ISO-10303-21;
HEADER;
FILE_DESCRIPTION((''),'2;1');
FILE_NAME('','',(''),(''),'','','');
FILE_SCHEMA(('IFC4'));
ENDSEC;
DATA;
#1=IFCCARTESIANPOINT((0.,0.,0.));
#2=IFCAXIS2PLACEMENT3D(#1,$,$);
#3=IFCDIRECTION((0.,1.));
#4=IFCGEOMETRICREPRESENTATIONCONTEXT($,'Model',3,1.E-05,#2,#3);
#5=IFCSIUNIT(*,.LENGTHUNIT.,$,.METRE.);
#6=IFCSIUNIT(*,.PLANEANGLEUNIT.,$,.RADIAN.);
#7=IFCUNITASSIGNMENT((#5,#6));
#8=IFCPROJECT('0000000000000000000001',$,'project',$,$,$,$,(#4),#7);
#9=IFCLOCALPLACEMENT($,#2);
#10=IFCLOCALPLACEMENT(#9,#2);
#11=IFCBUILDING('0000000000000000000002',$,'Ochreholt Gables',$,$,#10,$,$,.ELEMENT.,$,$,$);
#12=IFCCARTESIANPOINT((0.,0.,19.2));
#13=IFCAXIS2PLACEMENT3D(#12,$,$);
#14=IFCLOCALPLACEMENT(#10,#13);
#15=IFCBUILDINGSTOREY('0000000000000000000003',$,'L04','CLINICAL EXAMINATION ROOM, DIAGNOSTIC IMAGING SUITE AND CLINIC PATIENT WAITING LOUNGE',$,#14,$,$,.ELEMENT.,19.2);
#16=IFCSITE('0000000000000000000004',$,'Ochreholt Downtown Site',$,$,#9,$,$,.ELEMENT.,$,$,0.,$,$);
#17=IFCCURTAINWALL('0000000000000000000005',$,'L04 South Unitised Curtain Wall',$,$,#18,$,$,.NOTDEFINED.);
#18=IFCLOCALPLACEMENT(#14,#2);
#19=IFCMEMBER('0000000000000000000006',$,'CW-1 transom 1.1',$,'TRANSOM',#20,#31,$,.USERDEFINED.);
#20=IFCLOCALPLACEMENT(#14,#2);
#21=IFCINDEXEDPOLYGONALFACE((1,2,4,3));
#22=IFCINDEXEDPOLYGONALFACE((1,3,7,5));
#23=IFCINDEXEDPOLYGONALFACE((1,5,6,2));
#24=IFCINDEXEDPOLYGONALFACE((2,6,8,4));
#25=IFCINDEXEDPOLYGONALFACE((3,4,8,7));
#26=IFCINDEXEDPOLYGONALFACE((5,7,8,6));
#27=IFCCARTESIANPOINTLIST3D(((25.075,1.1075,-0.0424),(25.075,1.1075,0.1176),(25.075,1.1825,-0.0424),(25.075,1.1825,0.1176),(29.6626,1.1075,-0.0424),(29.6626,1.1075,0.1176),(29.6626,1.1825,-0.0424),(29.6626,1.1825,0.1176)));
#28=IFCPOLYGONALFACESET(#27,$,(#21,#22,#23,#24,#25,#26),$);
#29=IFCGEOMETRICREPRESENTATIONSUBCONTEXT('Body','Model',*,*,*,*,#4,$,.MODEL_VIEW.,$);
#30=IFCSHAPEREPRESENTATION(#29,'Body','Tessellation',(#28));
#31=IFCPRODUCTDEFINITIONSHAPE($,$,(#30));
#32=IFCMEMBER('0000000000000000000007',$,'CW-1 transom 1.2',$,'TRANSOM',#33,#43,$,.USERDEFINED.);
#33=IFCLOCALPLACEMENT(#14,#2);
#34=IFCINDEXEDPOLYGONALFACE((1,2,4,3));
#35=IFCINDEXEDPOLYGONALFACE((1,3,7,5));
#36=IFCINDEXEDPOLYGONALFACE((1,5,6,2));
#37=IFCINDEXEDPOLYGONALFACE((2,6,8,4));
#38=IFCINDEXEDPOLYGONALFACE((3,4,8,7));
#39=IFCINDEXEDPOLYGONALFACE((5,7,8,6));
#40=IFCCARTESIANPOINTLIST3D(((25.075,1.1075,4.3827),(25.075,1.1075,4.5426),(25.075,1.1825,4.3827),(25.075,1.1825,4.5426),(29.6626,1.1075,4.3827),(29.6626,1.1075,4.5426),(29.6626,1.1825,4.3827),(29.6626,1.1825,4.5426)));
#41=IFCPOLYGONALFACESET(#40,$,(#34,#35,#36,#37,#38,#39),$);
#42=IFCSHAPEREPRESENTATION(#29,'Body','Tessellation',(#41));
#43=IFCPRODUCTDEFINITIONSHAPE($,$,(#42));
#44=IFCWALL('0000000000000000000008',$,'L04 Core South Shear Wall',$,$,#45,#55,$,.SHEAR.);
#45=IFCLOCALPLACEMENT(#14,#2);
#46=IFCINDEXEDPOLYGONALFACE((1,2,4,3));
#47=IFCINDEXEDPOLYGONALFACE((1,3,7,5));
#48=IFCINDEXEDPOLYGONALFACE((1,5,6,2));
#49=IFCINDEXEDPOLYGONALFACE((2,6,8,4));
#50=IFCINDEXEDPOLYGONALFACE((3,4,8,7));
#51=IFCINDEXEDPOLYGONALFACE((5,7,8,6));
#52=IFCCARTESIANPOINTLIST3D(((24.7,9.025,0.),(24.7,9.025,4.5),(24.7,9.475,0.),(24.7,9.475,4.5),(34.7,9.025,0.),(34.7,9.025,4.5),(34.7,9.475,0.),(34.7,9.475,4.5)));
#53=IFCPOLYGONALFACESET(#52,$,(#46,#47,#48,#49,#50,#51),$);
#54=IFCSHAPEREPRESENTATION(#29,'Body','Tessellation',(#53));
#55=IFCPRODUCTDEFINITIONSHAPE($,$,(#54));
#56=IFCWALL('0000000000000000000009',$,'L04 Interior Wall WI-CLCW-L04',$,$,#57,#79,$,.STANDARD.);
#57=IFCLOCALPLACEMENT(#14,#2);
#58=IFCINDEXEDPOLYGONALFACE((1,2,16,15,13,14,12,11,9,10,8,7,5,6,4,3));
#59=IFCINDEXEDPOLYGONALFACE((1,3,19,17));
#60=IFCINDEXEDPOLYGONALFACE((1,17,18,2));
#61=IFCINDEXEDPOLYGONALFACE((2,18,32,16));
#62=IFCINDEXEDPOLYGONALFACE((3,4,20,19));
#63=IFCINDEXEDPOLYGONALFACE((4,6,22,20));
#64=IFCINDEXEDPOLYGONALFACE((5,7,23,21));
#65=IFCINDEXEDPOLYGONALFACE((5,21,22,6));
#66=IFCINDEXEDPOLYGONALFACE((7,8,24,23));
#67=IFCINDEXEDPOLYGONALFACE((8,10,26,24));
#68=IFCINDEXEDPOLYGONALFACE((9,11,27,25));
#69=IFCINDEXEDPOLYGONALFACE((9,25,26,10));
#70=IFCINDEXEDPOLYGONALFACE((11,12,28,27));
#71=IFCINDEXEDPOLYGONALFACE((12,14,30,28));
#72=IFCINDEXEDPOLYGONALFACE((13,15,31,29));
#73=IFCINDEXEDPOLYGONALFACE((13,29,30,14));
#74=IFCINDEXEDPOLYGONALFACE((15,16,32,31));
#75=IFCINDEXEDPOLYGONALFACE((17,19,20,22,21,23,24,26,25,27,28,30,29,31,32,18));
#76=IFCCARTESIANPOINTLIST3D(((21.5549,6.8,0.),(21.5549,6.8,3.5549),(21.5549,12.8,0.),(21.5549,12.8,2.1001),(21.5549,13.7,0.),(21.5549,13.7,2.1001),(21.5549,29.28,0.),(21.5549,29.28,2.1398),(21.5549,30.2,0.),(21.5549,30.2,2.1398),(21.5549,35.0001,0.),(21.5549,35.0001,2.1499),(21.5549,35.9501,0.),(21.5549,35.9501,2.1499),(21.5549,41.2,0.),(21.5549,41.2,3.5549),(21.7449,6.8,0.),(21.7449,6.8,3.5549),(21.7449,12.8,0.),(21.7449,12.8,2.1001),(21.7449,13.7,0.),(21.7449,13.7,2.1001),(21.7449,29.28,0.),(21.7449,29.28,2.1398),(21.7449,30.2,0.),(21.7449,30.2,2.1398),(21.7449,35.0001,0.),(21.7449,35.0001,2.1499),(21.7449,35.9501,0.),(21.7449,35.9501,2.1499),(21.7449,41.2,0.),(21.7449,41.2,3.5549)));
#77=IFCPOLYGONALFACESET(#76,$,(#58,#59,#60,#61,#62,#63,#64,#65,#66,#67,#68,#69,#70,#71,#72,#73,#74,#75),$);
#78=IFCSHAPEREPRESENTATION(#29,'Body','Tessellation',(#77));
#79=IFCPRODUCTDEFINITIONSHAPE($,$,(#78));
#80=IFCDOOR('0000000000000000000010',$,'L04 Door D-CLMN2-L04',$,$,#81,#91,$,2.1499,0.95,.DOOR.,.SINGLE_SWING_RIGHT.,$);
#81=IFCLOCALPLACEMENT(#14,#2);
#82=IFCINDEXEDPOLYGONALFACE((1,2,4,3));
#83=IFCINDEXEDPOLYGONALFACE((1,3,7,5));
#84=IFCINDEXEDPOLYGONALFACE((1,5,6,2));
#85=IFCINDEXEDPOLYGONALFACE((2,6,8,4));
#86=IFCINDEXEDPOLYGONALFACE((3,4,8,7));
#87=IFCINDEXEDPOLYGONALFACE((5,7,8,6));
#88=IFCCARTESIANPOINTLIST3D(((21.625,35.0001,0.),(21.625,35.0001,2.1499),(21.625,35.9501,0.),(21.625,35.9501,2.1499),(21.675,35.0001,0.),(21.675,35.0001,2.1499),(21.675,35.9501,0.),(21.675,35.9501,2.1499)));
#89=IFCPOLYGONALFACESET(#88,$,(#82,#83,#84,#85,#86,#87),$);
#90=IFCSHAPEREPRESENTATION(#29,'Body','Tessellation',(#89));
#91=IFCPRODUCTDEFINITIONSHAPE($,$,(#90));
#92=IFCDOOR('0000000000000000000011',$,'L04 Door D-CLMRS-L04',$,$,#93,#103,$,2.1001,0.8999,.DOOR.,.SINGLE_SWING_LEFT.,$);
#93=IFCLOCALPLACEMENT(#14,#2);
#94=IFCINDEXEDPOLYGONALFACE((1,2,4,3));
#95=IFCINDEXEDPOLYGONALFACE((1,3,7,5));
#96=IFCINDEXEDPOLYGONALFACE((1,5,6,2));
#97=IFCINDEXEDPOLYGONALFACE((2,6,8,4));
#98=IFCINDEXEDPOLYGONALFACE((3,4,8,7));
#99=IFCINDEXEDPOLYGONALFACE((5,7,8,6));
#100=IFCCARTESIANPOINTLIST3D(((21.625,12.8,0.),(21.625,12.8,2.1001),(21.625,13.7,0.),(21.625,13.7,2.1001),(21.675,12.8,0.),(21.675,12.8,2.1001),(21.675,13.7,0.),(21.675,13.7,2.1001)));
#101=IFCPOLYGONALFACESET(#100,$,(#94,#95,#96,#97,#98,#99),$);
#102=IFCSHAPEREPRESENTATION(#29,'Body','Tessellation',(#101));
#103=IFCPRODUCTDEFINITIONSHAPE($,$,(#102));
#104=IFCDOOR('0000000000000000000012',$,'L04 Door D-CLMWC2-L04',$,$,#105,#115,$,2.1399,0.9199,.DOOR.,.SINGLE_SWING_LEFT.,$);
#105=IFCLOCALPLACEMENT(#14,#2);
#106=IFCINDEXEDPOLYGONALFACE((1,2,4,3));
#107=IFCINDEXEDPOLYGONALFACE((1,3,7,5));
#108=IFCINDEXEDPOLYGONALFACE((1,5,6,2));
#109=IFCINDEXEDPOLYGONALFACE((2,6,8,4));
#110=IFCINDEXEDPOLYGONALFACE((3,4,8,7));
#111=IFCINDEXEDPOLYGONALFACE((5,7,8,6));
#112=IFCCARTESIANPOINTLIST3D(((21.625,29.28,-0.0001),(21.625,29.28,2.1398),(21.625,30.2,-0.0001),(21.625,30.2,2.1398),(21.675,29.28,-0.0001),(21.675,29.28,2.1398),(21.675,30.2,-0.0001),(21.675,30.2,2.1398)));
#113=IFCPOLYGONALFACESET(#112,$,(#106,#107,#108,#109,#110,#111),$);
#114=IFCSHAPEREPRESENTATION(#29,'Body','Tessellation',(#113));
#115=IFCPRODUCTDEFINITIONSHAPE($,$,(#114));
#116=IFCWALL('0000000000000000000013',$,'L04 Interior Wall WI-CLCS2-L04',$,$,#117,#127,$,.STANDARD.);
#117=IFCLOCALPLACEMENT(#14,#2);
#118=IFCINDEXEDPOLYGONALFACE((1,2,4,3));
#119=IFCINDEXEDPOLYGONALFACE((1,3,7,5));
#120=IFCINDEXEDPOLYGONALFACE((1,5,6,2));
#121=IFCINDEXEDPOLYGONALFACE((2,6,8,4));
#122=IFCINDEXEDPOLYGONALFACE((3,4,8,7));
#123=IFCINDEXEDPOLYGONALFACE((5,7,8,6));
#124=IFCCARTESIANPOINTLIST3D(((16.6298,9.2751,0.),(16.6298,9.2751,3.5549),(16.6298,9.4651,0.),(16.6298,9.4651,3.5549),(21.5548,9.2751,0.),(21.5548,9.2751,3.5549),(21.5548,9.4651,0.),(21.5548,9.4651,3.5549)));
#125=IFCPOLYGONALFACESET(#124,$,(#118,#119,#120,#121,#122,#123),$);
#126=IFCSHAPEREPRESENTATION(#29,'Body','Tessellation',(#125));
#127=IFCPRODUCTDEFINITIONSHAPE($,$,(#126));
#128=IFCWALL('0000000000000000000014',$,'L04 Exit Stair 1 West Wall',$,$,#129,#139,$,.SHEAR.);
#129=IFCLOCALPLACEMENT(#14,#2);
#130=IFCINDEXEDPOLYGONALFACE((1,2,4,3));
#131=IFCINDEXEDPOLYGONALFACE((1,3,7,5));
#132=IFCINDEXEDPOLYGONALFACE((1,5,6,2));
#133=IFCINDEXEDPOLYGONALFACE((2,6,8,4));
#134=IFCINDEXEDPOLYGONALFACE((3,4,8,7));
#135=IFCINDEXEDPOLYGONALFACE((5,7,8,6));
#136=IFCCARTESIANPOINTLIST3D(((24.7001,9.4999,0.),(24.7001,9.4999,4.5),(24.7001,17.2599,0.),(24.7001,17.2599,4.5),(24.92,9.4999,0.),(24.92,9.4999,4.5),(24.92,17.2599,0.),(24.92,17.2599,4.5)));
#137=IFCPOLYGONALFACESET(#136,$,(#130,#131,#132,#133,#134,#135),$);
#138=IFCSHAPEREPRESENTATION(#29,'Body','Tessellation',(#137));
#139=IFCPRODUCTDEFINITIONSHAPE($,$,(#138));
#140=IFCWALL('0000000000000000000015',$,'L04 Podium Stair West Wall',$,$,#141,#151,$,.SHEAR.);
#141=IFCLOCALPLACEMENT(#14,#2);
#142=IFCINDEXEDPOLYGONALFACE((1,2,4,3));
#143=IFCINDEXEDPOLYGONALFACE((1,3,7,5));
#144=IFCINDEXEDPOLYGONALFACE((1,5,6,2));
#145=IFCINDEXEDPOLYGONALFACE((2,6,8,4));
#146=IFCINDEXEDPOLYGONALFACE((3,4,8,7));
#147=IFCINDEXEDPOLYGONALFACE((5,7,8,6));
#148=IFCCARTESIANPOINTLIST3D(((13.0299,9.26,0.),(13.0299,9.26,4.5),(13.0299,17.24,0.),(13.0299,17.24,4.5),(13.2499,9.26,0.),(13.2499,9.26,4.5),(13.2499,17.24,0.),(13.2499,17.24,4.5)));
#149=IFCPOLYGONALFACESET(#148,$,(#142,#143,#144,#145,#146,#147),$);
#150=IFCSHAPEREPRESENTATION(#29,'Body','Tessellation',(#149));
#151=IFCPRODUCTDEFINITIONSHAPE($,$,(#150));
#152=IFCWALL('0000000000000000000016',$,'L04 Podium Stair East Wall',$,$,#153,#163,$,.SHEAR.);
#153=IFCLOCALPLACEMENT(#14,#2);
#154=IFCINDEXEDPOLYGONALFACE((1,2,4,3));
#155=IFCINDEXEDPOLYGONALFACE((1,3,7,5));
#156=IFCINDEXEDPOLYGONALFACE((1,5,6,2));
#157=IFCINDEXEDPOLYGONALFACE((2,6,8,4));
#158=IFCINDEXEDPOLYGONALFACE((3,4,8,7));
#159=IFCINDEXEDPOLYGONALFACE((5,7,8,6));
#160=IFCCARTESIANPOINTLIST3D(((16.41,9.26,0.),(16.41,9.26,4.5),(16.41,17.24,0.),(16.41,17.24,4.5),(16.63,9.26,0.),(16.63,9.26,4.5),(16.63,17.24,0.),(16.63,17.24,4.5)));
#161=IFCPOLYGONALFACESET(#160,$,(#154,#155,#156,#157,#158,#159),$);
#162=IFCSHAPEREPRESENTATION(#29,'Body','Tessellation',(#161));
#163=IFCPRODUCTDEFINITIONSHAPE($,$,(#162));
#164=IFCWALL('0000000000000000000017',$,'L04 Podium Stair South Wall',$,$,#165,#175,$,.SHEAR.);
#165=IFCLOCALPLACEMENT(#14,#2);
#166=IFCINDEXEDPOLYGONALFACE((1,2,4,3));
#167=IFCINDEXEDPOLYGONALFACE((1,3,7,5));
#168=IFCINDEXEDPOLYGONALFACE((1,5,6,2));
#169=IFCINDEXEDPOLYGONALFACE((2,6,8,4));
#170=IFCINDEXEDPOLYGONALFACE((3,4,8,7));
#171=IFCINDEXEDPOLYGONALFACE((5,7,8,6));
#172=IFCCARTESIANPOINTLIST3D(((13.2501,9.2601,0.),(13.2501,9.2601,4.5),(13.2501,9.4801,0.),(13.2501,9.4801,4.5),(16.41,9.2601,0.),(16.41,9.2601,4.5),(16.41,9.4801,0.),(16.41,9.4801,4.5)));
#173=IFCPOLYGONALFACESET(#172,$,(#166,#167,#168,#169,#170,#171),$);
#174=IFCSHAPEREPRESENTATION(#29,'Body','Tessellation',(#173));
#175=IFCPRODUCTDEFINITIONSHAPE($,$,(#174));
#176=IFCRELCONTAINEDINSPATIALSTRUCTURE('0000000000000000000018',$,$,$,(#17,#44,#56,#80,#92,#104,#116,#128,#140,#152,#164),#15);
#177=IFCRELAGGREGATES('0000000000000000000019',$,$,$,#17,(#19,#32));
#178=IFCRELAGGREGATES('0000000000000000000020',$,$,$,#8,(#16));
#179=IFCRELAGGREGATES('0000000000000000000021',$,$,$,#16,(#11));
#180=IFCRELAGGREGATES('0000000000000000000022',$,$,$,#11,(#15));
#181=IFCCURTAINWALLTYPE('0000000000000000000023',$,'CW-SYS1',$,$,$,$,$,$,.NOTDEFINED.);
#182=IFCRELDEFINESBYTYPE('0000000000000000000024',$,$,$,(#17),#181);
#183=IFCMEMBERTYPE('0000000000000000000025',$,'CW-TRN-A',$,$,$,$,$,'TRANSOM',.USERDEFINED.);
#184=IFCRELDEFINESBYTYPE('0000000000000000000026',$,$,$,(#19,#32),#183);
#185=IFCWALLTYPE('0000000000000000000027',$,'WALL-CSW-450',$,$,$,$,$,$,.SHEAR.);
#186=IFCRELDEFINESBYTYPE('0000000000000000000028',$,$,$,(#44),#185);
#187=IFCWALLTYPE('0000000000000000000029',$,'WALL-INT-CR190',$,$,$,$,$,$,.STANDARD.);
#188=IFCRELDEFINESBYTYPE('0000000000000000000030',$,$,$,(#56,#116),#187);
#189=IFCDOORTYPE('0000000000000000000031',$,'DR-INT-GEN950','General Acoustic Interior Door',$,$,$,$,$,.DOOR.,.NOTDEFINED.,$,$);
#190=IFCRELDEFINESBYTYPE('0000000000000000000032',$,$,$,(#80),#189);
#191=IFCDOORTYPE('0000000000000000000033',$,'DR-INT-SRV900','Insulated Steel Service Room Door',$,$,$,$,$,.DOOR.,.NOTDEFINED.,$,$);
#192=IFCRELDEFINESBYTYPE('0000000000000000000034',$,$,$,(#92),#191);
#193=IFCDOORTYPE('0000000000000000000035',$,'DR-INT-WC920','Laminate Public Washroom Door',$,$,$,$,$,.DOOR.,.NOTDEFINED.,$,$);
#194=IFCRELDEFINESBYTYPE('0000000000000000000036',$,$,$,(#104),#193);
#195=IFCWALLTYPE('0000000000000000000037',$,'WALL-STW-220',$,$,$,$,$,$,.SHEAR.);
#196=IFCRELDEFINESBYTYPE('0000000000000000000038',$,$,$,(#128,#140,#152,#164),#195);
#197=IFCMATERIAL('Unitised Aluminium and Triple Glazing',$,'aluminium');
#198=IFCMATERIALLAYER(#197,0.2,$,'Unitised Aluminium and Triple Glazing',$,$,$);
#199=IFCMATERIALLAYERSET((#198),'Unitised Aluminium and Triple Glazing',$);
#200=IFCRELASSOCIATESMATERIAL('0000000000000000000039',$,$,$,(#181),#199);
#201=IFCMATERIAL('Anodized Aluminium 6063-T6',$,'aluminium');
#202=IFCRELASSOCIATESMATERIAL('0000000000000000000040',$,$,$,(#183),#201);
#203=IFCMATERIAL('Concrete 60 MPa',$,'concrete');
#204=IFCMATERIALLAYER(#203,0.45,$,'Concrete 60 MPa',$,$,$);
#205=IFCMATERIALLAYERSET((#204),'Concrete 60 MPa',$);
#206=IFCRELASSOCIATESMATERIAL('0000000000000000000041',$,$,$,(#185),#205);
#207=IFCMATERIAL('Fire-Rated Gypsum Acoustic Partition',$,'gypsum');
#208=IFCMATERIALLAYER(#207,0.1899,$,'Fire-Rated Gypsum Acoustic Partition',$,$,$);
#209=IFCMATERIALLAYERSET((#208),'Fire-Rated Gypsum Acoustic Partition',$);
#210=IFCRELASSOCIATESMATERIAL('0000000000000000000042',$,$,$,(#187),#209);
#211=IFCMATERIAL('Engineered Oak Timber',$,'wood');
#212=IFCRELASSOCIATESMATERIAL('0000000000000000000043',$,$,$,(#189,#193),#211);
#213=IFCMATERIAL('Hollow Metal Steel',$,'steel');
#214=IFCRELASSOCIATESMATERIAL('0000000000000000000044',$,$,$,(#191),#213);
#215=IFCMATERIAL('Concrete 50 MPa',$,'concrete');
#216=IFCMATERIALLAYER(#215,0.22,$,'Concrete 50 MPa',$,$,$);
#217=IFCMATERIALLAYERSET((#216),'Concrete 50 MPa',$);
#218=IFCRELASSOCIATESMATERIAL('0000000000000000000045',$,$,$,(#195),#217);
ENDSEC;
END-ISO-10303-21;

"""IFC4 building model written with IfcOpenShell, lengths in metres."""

from ifc_helpers import new_model, si_unit, direction, frame, frame_2d, origin, origin_2d, place, context, subcontext, project, spatial, rectangle, extrude, material, layer, layer_set, material_profile, profile_set, type_object, element, fill, aggregate, save


model = new_model("IFC4")

# Units and contexts
model_context = context("Model", 3, precision=1e-05, world=origin(), true_north=direction((0.0, 1.0)))
body_context = subcontext(model_context, "Body", "Model", "MODEL_VIEW")
ifc_project = project(units=[si_unit("LENGTHUNIT", "METRE"), si_unit("PLANEANGLEUNIT", "RADIAN")], contexts=[model_context])

# Site, building, storey
site_placement = place(None, origin())
site = spatial("IfcSite", under=ifc_project, at=site_placement, Name="Ochreholt Downtown Site", CompositionType="ELEMENT", RefElevation=0.0)
building_placement = place(site_placement, origin())
building = spatial("IfcBuilding", under=site, at=building_placement, Name="Ochreholt Gables", CompositionType="ELEMENT")
storey_placement = place(building_placement, frame((0.0, 0.0, 19.2)))
storey = spatial("IfcBuildingStorey", under=building, at=storey_placement, Name="L04", Description="CLINICAL EXAMINATION ROOM, DIAGNOSTIC IMAGING SUITE AND CLINIC PATIENT WAITING LOUNGE", CompositionType="ELEMENT", Elevation=19.2)

# Shared definitions
ifc_material_1 = material(Name="Concrete 60 MPa", Category="concrete")

# Curtain wall, members
ifc_material_2 = material(Name="Unitised Aluminium and Triple Glazing", Category="aluminium")
ifc_layer_1 = layer(ifc_material_2, 0.2, Name="Unitised Aluminium and Triple Glazing")
ifc_layer_set_1 = layer_set([ifc_layer_1], Name="Unitised Aluminium and Triple Glazing")
curtain_wall_type = type_object("IfcCurtainWallType", Name="CW-SYS1", PredefinedType="NOTDEFINED", material=ifc_layer_set_1)
curtain_wall_placement = place(storey_placement, origin())
curtain_wall = element("IfcCurtainWall", 1, at=curtain_wall_placement, inside=storey, type_object=curtain_wall_type, Name="L04 South Unitised Curtain Wall", PredefinedType="NOTDEFINED")
ifc_material_3 = material(Name="Anodized Aluminium 6063-T6", Category="aluminium")
ifc_material_profile_1 = material_profile(ifc_material_3, rectangle(XDim=0.075, YDim=0.1599, at=origin_2d()), Name="CWT75X160")
ifc_profile_set_1 = profile_set([ifc_material_profile_1], Name="Anodized Aluminium 6063-T6")
member_type_1 = type_object("IfcMemberType", Name="CW-TRN-A", ElementType="TRANSOM", PredefinedType="USERDEFINED", material=ifc_profile_set_1)
member_1_placement = place(storey_placement, frame((25.075, 1.145, 0.0376), z_axis=(1.0, 0.0, 0.0), x_axis=(0.0, 1.0, 0.0)))
member_1 = element("IfcMember", 2, at=member_1_placement, type_object=member_type_1, Name="CW-1 transom 1.1", ObjectType="TRANSOM", PredefinedType="USERDEFINED", context=body_context, shape_type="SweptSolid", body=[
    extrude(rectangle(XDim=0.075, YDim=0.1599, at=origin_2d()), origin(), (0.0, 0.0, 1.0), 4.5876),
])
member_2_placement = place(storey_placement, frame((25.075, 1.145, 4.4626), z_axis=(1.0, 0.0, 0.0), x_axis=(0.0, 1.0, 0.0)))
member_2 = element("IfcMember", 3, at=member_2_placement, type_object=member_type_1, Name="CW-1 transom 1.2", ObjectType="TRANSOM", PredefinedType="USERDEFINED", context=body_context, shape_type="SweptSolid", body=[
    extrude(rectangle(XDim=0.075, YDim=0.1599, at=origin_2d()), origin(), (0.0, 0.0, 1.0), 4.5876),
])
aggregate(curtain_wall, [member_1, member_2])

# Wall
ifc_layer_2 = layer(ifc_material_1, 0.45, Name="Concrete 60 MPa")
ifc_layer_set_2 = layer_set([ifc_layer_2], Name="Concrete 60 MPa")
wall_type_1 = type_object("IfcWallType", Name="WALL-CSW-450", PredefinedType="SHEAR", material=ifc_layer_set_2)
wall_1_placement = place(storey_placement, frame((24.7, 9.25, 0.0), z_axis=(0.0, 0.0, 1.0), x_axis=(1.0, 0.0, 0.0)))
element("IfcWall", 4, at=wall_1_placement, inside=storey, type_object=wall_type_1, Name="L04 Core South Shear Wall", PredefinedType="SHEAR", context=body_context, shape_type="SweptSolid", body=[
    extrude(rectangle(XDim=10.0, YDim=0.45, at=frame_2d((5.0, 0.0))), origin(), (0.0, 0.0, 1.0), 4.5),
])

# Wall, openings, doors
ifc_material_4 = material(Name="Fire-Rated Gypsum Acoustic Partition", Category="gypsum")
ifc_layer_3 = layer(ifc_material_4, 0.1899, Name="Fire-Rated Gypsum Acoustic Partition")
ifc_layer_set_3 = layer_set([ifc_layer_3], Name="Fire-Rated Gypsum Acoustic Partition")
wall_type_2 = type_object("IfcWallType", Name="WALL-INT-CR190", PredefinedType="STANDARD", material=ifc_layer_set_3)
wall_2_placement = place(storey_placement, frame((21.6499, 6.8, 0.0), z_axis=(0.0, 0.0, 1.0), x_axis=(0.0, 1.0, 0.0)))
wall_2 = element("IfcWall", 5, at=wall_2_placement, inside=storey, type_object=wall_type_2, Name="L04 Interior Wall WI-CLCW-L04", PredefinedType="STANDARD", context=body_context, shape_type="SweptSolid", body=[
    extrude(rectangle(XDim=34.3999, YDim=0.1899, at=frame_2d((17.2, 0.0))), origin(), (0.0, 0.0, 1.0), 3.5549),
])
opening_1_placement = place(wall_2_placement, frame((22.48, 0.0, 0.0)))
opening_1 = element("IfcOpeningElement", 6, at=opening_1_placement, cuts=wall_2, PredefinedType="OPENING", context=body_context, shape_type="SweptSolid", body=[
    extrude(rectangle(XDim=0.9199, YDim=2.1399, at=frame_2d((0.46, 1.0698))), frame((0.0, 0.105, 0.0), z_axis=(0.0, -1.0, 0.0), x_axis=(1.0, 0.0, 0.0)), (0.0, 0.0, 1.0), 0.21),
])
opening_2_placement = place(wall_2_placement, frame((28.2, 0.0, 0.0)))
opening_2 = element("IfcOpeningElement", 7, at=opening_2_placement, cuts=wall_2, PredefinedType="OPENING", context=body_context, shape_type="SweptSolid", body=[
    extrude(rectangle(XDim=0.95, YDim=2.1499, at=frame_2d((0.4751, 1.075))), frame((0.0, 0.105, 0.0), z_axis=(0.0, -1.0, 0.0), x_axis=(1.0, 0.0, 0.0)), (0.0, 0.0, 1.0), 0.21),
])
opening_3_placement = place(wall_2_placement, frame((6.0, 0.0, 0.0)))
opening_3 = element("IfcOpeningElement", 8, at=opening_3_placement, cuts=wall_2, PredefinedType="OPENING", context=body_context, shape_type="SweptSolid", body=[
    extrude(rectangle(XDim=0.8999, YDim=2.1001, at=frame_2d((0.45, 1.05))), frame((0.0, 0.105, 0.0), z_axis=(0.0, -1.0, 0.0), x_axis=(1.0, 0.0, 0.0)), (0.0, 0.0, 1.0), 0.21),
])
ifc_material_5 = material(Name="Engineered Oak Timber", Category="wood")
door_type_1 = type_object("IfcDoorType", Name="DR-INT-GEN950", Description="General Acoustic Interior Door", OperationType="NOTDEFINED", PredefinedType="DOOR", material=ifc_material_5)
door_1_placement = place(opening_2_placement, origin())
door_1 = element("IfcDoor", 9, at=door_1_placement, inside=storey, type_object=door_type_1, Name="L04 Door D-CLMN2-L04", OperationType="SINGLE_SWING_RIGHT", OverallHeight=2.1499, OverallWidth=0.95, PredefinedType="DOOR", context=body_context, shape_type="SweptSolid", body=[
    extrude(rectangle(XDim=0.95, YDim=2.1499, at=frame_2d((0.4751, 1.075))), frame((0.0, 0.0249, 0.0), z_axis=(0.0, -1.0, 0.0), x_axis=(1.0, 0.0, 0.0)), (0.0, 0.0, 1.0), 0.05),
])
fill(opening_2, door_1)
ifc_material_6 = material(Name="Hollow Metal Steel", Category="steel")
door_type_2 = type_object("IfcDoorType", Name="DR-INT-SRV900", Description="Insulated Steel Service Room Door", OperationType="NOTDEFINED", PredefinedType="DOOR", material=ifc_material_6)
door_2_placement = place(opening_3_placement, origin())
door_2 = element("IfcDoor", 10, at=door_2_placement, inside=storey, type_object=door_type_2, Name="L04 Door D-CLMRS-L04", OperationType="SINGLE_SWING_LEFT", OverallHeight=2.1001, OverallWidth=0.8999, PredefinedType="DOOR", context=body_context, shape_type="SweptSolid", body=[
    extrude(rectangle(XDim=0.8999, YDim=2.1001, at=frame_2d((0.45, 1.05))), frame((0.0, 0.0249, 0.0), z_axis=(0.0, -1.0, 0.0), x_axis=(1.0, 0.0, 0.0)), (0.0, 0.0, 1.0), 0.05),
])
fill(opening_3, door_2)
door_type_3 = type_object("IfcDoorType", Name="DR-INT-WC920", Description="Laminate Public Washroom Door", OperationType="NOTDEFINED", PredefinedType="DOOR", material=ifc_material_5)
door_3_placement = place(opening_1_placement, origin())
door_3 = element("IfcDoor", 11, at=door_3_placement, inside=storey, type_object=door_type_3, Name="L04 Door D-CLMWC2-L04", OperationType="SINGLE_SWING_LEFT", OverallHeight=2.1399, OverallWidth=0.9199, PredefinedType="DOOR", context=body_context, shape_type="SweptSolid", body=[
    extrude(rectangle(XDim=0.9199, YDim=2.1399, at=frame_2d((0.46, 1.0698))), frame((0.0, 0.0249, 0.0), z_axis=(0.0, -1.0, 0.0), x_axis=(1.0, 0.0, 0.0)), (0.0, 0.0, 1.0), 0.05),
])
fill(opening_1, door_3)

# Walls
wall_3_placement = place(storey_placement, frame((16.6299, 9.3701, 0.0), z_axis=(0.0, 0.0, 1.0), x_axis=(1.0, 0.0, 0.0)))
element("IfcWall", 12, at=wall_3_placement, inside=storey, type_object=wall_type_2, Name="L04 Interior Wall WI-CLCS2-L04", PredefinedType="STANDARD", context=body_context, shape_type="SweptSolid", body=[
    extrude(rectangle(XDim=4.925, YDim=0.1899, at=frame_2d((2.4624, 0.0))), origin(), (0.0, 0.0, 1.0), 3.5549),
])
ifc_material_7 = material(Name="Concrete 50 MPa", Category="concrete")
ifc_layer_4 = layer(ifc_material_7, 0.22, Name="Concrete 50 MPa")
ifc_layer_set_4 = layer_set([ifc_layer_4], Name="Concrete 50 MPa")
wall_type_3 = type_object("IfcWallType", Name="WALL-STW-220", PredefinedType="SHEAR", material=ifc_layer_set_4)
wall_4_placement = place(storey_placement, frame((24.8101, 9.5, 0.0), z_axis=(0.0, 0.0, 1.0), x_axis=(0.0, 1.0, 0.0)))
element("IfcWall", 13, at=wall_4_placement, inside=storey, type_object=wall_type_3, Name="L04 Exit Stair 1 West Wall", PredefinedType="SHEAR", context=body_context, shape_type="SweptSolid", body=[
    extrude(rectangle(XDim=7.76, YDim=0.22, at=frame_2d((3.8799, 0.0))), origin(), (0.0, 0.0, 1.0), 4.5),
])
for number, where, z_axis, x_axis, name in (
    (14, (13.1399, 9.26, 0.0), (0.0, 0.0, 1.0), (0.0, 1.0, 0.0), "L04 Podium Stair West Wall"),
    (15, (16.52, 9.26, 0.0), (0.0, 0.0, 1.0), (0.0, 1.0, 0.0), "L04 Podium Stair East Wall"),
):
    element("IfcWall", number, at=place(storey_placement, frame(where, z_axis=z_axis, x_axis=x_axis)), inside=storey, type_object=wall_type_3, Name=name, PredefinedType="SHEAR", context=body_context, shape_type="SweptSolid", body=[
        extrude(rectangle(XDim=7.98, YDim=0.22, at=frame_2d((3.99, 0.0))), origin(), (0.0, 0.0, 1.0), 4.5),
    ])
wall_5_placement = place(storey_placement, frame((13.25, 9.3701, 0.0), z_axis=(0.0, 0.0, 1.0), x_axis=(1.0, 0.0, 0.0)))
element("IfcWall", 16, at=wall_5_placement, inside=storey, type_object=wall_type_3, Name="L04 Podium Stair South Wall", PredefinedType="SHEAR", context=body_context, shape_type="SweptSolid", body=[
    extrude(rectangle(XDim=3.1599, YDim=0.22, at=frame_2d((1.5801, 0.0))), origin(), (0.0, 0.0, 1.0), 4.5),
])

save(model, "model.ifc")
